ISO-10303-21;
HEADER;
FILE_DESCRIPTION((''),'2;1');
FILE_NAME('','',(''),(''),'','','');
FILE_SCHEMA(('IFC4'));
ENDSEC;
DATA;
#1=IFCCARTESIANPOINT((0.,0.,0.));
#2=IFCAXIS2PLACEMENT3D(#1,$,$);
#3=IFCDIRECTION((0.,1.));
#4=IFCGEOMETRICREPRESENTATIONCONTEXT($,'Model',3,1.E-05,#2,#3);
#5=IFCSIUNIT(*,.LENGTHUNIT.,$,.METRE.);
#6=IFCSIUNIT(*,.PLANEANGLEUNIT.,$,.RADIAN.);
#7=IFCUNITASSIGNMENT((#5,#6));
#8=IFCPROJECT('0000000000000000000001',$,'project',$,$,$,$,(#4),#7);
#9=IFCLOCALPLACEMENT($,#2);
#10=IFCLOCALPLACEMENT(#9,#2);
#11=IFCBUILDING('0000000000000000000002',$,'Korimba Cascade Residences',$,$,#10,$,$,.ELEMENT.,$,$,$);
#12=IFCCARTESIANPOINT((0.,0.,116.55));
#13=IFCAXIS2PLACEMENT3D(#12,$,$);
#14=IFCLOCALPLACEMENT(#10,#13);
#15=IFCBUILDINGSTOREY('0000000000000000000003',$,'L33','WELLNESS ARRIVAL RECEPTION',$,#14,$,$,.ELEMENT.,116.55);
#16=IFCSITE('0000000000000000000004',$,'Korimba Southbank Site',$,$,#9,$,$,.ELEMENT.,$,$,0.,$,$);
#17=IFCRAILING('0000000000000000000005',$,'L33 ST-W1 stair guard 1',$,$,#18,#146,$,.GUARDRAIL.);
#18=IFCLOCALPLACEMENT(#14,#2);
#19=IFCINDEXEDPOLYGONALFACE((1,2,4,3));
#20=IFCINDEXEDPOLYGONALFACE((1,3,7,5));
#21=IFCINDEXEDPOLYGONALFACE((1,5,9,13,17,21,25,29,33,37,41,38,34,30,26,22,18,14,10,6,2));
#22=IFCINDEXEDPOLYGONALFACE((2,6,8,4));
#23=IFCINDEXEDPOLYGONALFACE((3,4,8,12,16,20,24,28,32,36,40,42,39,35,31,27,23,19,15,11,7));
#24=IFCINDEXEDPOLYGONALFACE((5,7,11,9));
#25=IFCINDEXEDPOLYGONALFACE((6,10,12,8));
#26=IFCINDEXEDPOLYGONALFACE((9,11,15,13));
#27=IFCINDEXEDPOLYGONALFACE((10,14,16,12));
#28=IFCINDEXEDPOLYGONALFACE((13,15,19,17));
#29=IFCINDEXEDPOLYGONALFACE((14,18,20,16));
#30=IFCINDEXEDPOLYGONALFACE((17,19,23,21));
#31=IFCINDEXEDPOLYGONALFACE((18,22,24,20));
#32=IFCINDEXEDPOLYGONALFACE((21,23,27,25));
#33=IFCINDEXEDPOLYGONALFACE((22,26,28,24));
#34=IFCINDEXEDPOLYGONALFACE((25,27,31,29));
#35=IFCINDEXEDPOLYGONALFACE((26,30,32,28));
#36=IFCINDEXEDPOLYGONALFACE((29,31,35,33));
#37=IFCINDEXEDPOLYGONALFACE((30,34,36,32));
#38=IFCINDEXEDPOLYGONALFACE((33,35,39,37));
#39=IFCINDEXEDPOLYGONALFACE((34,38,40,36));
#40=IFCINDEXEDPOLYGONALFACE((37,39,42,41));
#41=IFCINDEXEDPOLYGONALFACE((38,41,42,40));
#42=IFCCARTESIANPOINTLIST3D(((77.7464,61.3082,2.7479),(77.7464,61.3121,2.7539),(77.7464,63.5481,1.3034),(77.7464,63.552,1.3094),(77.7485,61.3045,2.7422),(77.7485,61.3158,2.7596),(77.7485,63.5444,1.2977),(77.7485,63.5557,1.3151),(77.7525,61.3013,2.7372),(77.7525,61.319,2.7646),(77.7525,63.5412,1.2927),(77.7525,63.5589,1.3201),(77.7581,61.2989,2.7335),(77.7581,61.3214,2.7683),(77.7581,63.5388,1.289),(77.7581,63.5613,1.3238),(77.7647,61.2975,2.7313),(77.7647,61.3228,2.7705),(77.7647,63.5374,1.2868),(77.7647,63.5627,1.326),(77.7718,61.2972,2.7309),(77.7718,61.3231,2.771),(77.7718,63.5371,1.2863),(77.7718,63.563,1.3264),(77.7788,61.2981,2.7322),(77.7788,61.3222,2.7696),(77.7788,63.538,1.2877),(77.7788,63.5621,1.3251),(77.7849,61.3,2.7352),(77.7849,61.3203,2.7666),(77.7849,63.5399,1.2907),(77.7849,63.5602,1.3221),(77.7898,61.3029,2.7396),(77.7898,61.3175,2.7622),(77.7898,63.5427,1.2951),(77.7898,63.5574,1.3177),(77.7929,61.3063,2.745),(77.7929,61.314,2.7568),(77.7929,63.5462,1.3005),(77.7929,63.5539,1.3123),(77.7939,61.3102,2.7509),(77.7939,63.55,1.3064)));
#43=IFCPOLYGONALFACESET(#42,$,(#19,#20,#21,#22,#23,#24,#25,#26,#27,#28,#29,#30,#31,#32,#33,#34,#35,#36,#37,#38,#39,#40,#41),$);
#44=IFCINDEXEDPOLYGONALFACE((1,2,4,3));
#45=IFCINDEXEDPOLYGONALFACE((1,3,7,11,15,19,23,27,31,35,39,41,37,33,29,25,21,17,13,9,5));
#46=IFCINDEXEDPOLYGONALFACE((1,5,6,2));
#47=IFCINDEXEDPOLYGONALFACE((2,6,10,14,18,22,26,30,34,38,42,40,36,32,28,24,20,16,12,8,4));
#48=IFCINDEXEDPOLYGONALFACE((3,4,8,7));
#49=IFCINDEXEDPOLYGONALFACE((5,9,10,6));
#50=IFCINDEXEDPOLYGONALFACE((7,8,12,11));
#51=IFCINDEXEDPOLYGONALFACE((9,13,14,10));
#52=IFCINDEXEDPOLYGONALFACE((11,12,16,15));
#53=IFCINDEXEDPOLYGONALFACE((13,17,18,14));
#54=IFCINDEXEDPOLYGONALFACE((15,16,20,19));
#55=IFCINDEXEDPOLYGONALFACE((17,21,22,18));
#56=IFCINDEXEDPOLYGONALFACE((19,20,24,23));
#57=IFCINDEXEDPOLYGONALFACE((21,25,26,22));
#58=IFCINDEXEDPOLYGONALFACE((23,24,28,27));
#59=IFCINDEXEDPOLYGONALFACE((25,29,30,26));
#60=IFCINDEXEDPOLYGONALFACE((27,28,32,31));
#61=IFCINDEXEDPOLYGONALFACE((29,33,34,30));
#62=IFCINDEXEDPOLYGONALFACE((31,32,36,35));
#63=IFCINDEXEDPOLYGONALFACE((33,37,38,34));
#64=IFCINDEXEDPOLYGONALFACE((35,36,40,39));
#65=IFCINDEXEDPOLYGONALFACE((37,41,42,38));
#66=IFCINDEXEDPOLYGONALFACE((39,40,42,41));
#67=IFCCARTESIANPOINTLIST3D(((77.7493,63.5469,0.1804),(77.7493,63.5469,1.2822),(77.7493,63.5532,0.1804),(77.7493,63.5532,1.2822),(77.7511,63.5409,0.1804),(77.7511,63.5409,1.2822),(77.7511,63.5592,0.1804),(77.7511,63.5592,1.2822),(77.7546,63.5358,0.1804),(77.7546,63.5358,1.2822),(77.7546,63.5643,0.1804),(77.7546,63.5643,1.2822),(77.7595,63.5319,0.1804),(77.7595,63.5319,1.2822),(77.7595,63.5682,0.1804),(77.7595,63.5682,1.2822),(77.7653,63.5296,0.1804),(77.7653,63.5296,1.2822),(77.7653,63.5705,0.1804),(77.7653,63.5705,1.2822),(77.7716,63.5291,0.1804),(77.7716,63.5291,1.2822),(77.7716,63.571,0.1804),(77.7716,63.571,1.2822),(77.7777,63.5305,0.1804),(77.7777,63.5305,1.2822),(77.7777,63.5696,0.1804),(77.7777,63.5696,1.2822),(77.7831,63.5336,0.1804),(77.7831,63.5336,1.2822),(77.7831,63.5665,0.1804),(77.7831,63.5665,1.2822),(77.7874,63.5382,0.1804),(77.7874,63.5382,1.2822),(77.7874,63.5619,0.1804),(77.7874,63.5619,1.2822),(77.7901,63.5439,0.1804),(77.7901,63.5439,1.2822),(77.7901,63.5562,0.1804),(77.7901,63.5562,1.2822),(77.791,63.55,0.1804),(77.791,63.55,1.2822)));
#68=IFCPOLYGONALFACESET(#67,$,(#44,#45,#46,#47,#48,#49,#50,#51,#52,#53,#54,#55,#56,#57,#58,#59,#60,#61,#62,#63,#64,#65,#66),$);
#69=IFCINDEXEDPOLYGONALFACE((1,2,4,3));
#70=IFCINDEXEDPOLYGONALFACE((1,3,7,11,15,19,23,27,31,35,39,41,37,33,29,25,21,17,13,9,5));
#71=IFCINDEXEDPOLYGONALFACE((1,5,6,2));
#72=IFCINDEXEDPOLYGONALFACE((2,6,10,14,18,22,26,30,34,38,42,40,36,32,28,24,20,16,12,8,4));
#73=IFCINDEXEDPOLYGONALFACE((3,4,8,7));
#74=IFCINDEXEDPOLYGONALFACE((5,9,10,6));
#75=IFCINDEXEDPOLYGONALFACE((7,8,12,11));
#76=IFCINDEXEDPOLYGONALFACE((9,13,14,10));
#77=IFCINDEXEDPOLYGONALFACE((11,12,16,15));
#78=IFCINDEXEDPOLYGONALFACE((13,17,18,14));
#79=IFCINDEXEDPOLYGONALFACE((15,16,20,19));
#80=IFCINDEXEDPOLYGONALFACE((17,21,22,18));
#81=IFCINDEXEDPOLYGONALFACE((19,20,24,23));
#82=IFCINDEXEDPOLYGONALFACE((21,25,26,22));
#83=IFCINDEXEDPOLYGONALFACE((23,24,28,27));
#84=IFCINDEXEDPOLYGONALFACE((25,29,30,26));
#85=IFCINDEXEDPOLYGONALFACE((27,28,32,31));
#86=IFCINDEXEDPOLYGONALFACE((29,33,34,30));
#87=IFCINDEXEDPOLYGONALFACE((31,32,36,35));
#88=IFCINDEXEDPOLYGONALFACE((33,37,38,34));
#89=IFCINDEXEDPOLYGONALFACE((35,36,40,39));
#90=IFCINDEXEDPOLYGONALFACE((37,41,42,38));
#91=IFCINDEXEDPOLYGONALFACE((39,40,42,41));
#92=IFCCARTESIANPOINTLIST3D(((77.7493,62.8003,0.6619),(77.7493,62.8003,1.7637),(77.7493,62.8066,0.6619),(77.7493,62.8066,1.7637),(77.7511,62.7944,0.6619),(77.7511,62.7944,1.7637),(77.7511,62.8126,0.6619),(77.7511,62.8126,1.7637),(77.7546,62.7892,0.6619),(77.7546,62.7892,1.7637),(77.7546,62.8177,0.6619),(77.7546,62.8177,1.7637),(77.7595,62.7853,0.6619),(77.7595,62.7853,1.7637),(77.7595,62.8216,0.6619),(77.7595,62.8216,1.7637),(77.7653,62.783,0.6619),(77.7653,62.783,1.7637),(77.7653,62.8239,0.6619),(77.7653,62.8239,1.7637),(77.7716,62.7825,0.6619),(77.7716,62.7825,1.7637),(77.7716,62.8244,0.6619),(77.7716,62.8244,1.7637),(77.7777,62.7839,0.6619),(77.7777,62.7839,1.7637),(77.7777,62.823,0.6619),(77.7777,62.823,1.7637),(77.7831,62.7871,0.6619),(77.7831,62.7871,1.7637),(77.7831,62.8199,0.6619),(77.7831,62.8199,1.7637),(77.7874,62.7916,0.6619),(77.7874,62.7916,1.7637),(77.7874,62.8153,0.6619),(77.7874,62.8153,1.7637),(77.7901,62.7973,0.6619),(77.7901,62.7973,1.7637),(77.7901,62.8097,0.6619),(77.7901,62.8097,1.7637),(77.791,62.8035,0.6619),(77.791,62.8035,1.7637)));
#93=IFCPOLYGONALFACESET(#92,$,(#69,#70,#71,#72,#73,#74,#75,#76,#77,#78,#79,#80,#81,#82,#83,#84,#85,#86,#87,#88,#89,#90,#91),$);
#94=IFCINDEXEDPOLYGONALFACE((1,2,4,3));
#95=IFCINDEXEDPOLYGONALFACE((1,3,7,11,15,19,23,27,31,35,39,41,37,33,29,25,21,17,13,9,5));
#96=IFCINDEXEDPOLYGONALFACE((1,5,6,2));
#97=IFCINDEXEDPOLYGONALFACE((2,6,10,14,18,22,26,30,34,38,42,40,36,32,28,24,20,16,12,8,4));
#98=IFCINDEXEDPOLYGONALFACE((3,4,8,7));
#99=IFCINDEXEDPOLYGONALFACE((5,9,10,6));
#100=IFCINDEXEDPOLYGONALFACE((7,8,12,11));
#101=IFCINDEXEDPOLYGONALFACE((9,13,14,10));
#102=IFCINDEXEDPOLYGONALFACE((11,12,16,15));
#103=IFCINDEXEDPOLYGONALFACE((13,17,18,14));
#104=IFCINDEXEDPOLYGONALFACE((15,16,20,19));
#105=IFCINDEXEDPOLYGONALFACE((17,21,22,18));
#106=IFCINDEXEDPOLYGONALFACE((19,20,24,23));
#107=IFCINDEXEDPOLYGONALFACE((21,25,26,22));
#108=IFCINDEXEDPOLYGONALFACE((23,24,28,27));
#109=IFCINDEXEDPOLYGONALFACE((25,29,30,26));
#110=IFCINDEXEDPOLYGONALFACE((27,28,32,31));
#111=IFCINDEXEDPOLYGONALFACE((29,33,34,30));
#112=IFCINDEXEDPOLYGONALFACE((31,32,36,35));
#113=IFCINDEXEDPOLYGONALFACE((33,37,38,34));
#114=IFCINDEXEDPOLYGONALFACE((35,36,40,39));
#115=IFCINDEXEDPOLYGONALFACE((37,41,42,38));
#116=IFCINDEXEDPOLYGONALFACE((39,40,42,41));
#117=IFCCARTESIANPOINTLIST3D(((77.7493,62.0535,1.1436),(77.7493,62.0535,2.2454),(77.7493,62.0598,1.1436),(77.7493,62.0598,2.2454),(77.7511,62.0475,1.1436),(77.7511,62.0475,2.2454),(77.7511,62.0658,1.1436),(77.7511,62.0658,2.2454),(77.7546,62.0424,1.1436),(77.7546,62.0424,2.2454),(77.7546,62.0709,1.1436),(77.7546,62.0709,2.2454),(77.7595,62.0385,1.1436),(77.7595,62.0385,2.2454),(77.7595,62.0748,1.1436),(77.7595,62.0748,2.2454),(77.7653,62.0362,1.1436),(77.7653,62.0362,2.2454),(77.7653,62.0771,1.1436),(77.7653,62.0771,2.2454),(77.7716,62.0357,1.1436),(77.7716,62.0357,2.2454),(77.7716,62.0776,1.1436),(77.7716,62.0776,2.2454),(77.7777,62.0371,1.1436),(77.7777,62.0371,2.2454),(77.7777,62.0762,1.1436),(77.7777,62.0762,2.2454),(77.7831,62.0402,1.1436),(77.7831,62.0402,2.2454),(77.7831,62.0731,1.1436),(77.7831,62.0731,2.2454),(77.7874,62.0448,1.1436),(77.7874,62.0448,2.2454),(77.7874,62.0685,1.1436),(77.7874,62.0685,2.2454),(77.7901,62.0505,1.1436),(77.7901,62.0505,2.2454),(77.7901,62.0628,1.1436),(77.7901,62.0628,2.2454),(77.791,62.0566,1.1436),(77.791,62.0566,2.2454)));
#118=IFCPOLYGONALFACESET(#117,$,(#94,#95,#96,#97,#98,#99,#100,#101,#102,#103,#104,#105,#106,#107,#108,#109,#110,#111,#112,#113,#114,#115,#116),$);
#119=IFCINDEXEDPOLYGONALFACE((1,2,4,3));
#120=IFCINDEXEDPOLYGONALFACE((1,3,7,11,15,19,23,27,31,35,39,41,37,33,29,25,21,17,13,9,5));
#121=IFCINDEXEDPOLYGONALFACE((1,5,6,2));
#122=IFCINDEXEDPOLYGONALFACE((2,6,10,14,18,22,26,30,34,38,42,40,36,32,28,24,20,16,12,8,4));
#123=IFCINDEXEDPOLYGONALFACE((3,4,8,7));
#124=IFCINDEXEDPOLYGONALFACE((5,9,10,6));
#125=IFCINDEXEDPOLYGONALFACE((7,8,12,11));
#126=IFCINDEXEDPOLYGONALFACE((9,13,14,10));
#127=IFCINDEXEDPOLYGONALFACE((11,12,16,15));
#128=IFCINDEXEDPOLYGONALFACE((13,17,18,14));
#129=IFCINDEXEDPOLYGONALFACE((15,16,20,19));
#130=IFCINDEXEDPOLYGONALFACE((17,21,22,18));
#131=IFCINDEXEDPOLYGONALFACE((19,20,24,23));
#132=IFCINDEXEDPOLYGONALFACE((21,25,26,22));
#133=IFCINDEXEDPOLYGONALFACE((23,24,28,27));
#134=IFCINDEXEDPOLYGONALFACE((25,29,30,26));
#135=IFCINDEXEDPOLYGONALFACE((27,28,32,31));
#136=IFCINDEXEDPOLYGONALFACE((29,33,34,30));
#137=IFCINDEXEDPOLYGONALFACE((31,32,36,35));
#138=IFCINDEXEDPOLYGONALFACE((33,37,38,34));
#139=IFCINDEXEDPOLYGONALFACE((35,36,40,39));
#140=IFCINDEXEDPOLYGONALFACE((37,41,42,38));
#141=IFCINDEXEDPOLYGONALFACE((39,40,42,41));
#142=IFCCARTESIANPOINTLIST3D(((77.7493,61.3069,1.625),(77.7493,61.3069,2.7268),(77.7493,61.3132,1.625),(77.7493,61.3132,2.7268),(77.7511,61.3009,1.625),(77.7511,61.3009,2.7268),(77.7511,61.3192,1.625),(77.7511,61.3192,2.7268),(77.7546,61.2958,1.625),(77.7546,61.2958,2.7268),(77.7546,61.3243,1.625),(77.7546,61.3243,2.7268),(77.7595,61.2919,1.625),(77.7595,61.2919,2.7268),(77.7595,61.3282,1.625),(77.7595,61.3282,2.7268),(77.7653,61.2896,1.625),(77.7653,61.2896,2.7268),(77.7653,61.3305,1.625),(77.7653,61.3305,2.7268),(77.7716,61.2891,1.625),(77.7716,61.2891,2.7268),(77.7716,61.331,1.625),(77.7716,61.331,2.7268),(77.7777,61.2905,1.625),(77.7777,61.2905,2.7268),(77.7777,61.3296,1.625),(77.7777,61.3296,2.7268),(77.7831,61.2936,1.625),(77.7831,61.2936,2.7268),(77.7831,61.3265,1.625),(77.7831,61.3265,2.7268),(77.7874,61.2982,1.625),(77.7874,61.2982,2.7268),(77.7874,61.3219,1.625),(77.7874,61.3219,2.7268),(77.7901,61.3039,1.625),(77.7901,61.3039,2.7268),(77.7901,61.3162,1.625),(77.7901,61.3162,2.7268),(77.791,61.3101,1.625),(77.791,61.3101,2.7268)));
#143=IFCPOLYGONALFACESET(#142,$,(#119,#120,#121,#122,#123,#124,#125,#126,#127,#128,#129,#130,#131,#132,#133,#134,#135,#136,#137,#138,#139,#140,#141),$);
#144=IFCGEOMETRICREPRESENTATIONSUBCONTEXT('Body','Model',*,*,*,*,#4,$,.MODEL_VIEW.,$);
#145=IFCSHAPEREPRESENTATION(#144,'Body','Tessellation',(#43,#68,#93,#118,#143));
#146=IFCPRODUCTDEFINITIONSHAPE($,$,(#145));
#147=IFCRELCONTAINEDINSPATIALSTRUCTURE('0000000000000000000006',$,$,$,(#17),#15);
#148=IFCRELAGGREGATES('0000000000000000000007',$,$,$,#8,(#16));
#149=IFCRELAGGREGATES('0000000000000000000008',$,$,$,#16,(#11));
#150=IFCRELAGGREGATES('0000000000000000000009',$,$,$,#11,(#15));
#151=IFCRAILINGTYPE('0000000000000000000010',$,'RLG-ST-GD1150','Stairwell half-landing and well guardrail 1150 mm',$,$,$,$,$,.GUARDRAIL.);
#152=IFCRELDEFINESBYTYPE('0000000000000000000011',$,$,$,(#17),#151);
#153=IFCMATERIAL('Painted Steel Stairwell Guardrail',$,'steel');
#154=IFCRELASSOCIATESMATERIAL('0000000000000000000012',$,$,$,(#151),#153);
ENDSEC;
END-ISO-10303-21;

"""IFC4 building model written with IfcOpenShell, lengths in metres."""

from ifc_helpers import new_model, si_unit, direction, frame, origin, origin_2d, place, context, subcontext, project, spatial, circle, extrude, material, type_object, element, save


model = new_model("IFC4")

# Units and contexts
model_context = context("Model", 3, precision=1e-05, world=origin(), true_north=direction((0.0, 1.0)))
body_context = subcontext(model_context, "Body", "Model", "MODEL_VIEW")
ifc_project = project(units=[si_unit("LENGTHUNIT", "METRE"), si_unit("PLANEANGLEUNIT", "RADIAN")], contexts=[model_context])

# Site, building, storey
site_placement = place(None, origin())
site = spatial("IfcSite", under=ifc_project, at=site_placement, Name="Korimba Southbank Site", CompositionType="ELEMENT", RefElevation=0.0)
building_placement = place(site_placement, origin())
building = spatial("IfcBuilding", under=site, at=building_placement, Name="Korimba Cascade Residences", CompositionType="ELEMENT")
storey_placement = place(building_placement, frame((0.0, 0.0, 116.55)))
storey = spatial("IfcBuildingStorey", under=building, at=storey_placement, Name="L33", Description="WELLNESS ARRIVAL RECEPTION", CompositionType="ELEMENT", Elevation=116.55)

# Railing
ifc_material_1 = material(Name="Painted Steel Stairwell Guardrail", Category="steel")
railing_type_1 = type_object("IfcRailingType", Name="RLG-ST-GD1150", Description="Stairwell half-landing and well guardrail 1150 mm", PredefinedType="GUARDRAIL", material=ifc_material_1)
railing_1_placement = place(storey_placement, frame((77.77, 63.55, 0.1804)))
element("IfcRailing", 1, at=railing_1_placement, inside=storey, type_object=railing_type_1, Name="L33 ST-W1 stair guard 1", PredefinedType="GUARDRAIL", context=body_context, shape_type="SweptSolid", body=[
    extrude(circle(Radius=0.0239, at=origin_2d()), frame((0.0, 0.0, 1.126), z_axis=(0.0, -0.840395, 0.541975), x_axis=(1.0, 0.0, 0.0)), (0.0, 0.0, 1.0), 2.6653),
    extrude(circle(Radius=0.021, at=origin_2d()), origin(), (0.0, 0.0, 1.0), 1.1018),
    extrude(circle(Radius=0.021, at=origin_2d()), frame((0.0, -0.7466, 0.4814)), (0.0, 0.0, 1.0), 1.1018),
    extrude(circle(Radius=0.021, at=origin_2d()), frame((0.0, -1.4934, 0.9631)), (0.0, 0.0, 1.0), 1.1018),
    extrude(circle(Radius=0.021, at=origin_2d()), frame((0.0, -2.24, 1.4446)), (0.0, 0.0, 1.0), 1.1018),
])

save(model, "model.ifc")
